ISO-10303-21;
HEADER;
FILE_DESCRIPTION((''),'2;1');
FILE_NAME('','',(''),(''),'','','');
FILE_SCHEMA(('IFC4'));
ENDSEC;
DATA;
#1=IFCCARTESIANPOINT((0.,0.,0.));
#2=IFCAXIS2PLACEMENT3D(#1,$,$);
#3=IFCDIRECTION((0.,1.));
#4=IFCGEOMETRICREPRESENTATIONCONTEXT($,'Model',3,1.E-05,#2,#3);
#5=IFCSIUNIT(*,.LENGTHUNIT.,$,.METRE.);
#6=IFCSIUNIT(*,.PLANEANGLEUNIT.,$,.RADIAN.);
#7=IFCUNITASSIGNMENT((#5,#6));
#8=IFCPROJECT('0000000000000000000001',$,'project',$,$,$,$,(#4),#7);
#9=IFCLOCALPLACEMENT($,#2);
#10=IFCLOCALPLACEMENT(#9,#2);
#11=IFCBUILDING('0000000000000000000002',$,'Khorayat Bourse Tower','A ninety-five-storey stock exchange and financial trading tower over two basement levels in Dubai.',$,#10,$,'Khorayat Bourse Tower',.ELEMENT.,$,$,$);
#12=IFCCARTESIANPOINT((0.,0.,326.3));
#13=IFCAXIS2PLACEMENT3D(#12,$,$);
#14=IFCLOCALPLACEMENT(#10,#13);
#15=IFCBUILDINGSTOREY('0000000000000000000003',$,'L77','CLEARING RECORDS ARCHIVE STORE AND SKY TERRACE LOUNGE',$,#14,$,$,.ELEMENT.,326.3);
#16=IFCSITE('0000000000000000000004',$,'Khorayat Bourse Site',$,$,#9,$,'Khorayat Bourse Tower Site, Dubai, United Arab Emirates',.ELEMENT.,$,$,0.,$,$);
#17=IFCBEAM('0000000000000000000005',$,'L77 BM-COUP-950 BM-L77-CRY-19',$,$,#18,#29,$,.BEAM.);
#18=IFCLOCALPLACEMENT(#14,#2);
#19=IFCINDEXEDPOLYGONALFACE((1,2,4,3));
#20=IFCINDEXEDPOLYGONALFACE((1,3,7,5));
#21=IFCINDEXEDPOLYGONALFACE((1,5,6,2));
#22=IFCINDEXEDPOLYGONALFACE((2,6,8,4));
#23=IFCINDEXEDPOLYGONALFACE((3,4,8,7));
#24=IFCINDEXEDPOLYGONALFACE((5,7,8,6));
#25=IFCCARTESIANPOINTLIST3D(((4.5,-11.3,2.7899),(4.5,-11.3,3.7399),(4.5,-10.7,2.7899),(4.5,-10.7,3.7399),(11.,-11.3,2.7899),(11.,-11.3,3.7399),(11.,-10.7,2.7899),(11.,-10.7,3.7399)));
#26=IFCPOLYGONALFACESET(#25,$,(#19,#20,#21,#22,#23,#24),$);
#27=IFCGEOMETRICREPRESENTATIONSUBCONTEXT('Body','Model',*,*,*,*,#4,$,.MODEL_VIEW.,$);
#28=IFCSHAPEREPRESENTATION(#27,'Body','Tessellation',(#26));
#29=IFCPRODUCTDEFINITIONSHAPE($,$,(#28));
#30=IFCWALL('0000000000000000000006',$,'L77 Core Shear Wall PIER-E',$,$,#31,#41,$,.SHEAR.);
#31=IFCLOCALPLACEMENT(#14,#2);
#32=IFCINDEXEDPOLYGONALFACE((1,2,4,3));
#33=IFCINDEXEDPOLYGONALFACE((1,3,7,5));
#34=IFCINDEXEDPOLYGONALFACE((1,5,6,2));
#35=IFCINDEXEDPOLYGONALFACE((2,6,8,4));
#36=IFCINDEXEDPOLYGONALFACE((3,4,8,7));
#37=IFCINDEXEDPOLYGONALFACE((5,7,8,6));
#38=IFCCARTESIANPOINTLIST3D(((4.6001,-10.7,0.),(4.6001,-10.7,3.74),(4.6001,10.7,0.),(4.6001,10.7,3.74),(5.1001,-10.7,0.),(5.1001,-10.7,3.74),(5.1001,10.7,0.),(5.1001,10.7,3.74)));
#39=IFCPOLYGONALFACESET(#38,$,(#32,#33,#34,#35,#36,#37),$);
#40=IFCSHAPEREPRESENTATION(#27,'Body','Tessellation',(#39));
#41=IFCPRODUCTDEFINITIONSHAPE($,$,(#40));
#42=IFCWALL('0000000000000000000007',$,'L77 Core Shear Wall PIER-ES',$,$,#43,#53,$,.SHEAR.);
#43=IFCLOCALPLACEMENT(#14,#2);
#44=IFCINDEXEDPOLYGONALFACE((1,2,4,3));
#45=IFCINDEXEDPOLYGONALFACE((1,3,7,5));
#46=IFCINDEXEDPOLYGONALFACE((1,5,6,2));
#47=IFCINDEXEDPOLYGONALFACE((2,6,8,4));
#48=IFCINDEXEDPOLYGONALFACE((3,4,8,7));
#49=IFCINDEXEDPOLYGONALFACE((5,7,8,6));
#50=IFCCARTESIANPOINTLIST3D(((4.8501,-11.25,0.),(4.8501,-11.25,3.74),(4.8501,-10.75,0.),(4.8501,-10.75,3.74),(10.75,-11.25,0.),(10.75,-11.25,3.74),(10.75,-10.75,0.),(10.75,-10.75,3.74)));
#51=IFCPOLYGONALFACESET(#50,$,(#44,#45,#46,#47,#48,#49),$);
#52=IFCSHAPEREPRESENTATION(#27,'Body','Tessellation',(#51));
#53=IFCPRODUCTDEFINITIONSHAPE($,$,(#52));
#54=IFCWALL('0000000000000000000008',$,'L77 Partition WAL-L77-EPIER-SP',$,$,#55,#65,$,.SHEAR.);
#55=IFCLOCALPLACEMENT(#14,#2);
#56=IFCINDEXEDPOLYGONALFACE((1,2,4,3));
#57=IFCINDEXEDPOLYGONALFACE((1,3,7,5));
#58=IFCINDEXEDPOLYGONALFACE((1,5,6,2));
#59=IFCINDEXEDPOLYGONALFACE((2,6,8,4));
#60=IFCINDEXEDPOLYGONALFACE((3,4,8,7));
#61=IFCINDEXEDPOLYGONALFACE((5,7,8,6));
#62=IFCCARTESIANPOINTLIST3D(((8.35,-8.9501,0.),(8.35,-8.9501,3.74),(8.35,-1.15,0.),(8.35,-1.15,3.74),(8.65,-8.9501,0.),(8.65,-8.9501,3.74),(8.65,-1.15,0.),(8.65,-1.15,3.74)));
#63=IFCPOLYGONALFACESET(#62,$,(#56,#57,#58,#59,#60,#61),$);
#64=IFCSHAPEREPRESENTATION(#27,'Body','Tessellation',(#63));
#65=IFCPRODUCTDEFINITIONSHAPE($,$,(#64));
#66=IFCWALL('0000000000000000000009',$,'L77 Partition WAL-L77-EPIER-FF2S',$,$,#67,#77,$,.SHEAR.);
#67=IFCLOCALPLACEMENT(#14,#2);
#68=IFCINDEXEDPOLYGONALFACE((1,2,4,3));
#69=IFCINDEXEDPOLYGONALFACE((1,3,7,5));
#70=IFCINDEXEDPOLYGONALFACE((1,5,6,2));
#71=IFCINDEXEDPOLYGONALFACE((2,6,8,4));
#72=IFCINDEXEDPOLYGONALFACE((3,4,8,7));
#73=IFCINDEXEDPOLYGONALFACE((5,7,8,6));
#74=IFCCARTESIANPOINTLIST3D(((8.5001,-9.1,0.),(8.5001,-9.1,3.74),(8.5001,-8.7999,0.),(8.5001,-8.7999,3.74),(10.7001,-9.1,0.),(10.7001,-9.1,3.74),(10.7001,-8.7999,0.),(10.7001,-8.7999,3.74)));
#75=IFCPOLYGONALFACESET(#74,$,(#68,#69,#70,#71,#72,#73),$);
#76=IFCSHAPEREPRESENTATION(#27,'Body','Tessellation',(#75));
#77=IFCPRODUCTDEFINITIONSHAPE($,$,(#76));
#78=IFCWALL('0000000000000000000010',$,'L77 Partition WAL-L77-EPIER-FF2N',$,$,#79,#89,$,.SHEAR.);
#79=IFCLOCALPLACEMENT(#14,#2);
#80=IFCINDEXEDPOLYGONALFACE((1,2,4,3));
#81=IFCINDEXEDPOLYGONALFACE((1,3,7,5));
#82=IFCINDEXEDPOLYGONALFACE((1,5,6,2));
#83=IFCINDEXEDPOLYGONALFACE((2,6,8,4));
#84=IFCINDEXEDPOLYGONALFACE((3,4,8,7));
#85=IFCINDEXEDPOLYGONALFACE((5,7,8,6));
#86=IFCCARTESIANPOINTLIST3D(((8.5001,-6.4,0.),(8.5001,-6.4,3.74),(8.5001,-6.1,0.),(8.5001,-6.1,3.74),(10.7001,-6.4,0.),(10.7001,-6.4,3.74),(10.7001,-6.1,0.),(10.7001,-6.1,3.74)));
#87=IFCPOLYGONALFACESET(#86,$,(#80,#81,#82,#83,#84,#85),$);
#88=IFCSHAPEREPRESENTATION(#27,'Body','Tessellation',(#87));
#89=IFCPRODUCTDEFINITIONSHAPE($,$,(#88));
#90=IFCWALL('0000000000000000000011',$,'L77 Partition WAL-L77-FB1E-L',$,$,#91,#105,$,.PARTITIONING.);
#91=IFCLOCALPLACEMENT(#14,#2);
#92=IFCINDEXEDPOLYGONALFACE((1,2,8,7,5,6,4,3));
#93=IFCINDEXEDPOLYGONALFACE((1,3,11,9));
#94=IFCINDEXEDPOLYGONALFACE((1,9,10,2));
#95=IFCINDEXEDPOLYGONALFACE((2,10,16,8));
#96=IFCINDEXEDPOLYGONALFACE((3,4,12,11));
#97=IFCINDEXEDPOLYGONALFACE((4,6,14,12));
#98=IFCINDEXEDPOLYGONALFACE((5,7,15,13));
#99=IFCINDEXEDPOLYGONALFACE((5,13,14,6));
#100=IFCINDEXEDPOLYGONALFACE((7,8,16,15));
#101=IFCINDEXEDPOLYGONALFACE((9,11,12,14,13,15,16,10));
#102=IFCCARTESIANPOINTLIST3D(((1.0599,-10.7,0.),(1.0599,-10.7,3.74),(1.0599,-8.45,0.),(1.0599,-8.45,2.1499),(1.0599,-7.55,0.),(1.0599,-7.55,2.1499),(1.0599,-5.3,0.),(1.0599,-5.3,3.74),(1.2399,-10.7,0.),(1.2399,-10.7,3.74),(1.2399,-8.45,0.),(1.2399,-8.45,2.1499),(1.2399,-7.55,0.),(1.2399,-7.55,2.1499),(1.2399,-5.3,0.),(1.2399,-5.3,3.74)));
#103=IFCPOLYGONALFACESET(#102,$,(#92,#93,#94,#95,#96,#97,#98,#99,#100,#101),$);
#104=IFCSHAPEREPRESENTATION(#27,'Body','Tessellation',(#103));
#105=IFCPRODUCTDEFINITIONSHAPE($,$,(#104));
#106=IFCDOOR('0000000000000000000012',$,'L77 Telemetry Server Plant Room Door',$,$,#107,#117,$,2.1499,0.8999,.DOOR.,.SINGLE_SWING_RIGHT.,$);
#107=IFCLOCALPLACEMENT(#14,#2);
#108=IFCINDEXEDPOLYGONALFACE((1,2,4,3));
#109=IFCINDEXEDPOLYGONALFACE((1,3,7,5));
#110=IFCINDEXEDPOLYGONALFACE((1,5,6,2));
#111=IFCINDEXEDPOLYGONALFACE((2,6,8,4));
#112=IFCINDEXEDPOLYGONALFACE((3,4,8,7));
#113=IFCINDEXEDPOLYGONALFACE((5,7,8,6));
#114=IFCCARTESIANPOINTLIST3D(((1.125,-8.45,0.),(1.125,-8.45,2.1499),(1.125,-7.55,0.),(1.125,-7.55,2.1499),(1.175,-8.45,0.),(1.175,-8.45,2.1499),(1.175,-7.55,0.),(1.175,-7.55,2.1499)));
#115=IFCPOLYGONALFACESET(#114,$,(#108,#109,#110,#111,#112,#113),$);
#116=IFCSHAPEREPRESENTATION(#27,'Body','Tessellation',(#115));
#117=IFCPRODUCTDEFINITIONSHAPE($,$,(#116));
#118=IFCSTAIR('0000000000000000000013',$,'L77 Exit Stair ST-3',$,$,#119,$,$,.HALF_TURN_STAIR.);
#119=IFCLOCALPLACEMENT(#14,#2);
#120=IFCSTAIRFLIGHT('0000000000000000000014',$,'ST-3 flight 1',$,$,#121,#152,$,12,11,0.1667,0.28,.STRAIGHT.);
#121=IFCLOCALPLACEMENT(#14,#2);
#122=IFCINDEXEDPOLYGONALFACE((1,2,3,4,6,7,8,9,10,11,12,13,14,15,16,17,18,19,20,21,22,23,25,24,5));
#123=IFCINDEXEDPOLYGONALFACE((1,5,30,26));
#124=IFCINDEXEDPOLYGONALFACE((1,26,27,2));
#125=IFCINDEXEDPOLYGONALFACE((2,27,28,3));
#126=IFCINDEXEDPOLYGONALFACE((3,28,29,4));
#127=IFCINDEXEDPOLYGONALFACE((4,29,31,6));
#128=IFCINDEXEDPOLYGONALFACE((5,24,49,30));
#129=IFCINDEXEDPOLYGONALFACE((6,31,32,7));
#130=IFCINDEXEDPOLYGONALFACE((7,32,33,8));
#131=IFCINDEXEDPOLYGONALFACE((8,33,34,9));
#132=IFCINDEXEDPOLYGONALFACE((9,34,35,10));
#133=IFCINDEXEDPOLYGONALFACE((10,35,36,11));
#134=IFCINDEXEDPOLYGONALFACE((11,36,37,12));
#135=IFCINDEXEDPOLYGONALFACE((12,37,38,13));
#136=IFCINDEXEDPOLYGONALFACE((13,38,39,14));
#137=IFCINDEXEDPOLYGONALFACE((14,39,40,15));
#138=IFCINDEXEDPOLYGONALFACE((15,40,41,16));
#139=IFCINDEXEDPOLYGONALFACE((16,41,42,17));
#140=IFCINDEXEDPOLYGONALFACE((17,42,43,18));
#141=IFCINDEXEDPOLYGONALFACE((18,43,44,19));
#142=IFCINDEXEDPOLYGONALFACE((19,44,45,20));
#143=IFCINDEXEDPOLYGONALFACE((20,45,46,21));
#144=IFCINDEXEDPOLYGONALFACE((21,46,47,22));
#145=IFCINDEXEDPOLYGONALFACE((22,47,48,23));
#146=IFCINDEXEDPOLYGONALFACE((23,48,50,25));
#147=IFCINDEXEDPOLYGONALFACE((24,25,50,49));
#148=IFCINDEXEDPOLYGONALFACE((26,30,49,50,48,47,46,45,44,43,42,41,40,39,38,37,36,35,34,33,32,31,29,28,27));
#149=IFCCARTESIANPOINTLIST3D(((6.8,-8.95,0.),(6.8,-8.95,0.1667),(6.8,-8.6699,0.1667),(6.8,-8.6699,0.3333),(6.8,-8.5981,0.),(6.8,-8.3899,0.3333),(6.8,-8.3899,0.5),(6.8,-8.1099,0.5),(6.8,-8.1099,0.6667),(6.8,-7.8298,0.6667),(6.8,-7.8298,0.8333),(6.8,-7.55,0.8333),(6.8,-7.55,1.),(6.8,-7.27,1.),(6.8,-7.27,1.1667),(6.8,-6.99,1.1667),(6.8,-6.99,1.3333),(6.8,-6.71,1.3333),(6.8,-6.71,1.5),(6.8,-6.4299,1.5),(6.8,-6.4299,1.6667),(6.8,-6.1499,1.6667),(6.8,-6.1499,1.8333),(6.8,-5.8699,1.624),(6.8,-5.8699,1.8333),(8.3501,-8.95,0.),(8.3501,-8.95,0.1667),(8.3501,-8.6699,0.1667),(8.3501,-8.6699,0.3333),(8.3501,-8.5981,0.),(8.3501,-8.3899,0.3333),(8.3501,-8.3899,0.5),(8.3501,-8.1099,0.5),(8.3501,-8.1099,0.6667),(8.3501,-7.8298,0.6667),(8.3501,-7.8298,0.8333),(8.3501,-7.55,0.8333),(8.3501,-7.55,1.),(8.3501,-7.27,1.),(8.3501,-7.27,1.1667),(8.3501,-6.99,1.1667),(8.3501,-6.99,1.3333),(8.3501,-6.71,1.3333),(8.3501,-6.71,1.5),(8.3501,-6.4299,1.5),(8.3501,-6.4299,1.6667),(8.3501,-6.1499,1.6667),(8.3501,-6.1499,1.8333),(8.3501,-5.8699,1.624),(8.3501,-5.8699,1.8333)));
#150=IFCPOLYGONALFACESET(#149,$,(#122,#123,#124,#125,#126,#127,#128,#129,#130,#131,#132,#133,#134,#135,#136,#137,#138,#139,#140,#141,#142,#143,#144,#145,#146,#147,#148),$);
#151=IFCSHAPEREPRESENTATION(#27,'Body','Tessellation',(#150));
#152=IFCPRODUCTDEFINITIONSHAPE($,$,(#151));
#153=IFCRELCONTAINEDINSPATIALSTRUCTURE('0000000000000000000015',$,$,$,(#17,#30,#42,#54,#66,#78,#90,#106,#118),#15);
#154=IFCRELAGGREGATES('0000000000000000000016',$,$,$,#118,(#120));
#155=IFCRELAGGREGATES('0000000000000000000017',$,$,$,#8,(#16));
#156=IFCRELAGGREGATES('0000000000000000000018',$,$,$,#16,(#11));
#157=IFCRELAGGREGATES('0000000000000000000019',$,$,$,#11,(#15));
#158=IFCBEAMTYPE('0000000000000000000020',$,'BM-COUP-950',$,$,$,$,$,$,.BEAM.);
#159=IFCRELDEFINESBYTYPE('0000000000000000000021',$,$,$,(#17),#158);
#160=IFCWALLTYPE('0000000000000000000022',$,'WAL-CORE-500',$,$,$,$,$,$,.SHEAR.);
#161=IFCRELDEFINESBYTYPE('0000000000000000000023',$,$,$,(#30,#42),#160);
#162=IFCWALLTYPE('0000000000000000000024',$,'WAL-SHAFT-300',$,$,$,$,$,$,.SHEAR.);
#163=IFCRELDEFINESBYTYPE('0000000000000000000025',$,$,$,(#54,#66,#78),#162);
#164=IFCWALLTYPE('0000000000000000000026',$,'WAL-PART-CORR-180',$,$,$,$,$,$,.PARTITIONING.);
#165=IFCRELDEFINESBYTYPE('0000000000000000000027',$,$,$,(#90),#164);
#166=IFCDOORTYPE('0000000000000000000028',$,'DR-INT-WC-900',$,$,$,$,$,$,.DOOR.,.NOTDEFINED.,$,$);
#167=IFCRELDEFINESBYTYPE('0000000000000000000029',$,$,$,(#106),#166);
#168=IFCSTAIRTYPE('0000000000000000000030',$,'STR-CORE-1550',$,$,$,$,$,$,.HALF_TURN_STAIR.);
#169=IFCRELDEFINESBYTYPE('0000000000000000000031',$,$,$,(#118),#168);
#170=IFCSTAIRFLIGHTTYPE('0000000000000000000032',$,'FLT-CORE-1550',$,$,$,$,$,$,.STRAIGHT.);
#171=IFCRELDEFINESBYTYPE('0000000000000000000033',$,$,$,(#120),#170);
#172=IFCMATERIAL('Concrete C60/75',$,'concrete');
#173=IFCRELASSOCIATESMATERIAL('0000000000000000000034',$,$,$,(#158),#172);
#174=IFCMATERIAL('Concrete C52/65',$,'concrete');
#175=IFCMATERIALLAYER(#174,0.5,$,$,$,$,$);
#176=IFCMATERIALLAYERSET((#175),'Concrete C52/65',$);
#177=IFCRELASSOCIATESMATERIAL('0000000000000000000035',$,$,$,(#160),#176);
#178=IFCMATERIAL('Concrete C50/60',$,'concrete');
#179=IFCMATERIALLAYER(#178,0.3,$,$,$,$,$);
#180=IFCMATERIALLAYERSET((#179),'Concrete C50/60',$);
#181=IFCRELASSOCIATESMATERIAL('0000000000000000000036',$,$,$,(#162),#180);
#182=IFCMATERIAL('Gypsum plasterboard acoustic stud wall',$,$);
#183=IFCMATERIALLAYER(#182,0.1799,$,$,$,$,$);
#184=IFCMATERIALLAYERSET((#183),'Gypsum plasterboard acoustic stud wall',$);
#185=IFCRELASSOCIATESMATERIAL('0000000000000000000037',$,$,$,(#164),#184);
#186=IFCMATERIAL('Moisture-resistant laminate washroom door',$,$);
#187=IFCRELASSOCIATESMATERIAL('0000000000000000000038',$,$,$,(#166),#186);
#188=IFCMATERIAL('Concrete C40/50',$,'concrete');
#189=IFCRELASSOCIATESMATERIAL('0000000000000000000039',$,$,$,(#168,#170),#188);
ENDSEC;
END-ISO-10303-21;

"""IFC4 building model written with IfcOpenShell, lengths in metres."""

from ifc_helpers import new_model, si_unit, direction, frame, frame_2d, origin, origin_2d, place, context, subcontext, project, spatial, polyline, rectangle, outline, extrude, source, transform, mapped, material, layer, layer_set, material_profile, profile_set, type_object, element, fill, aggregate, save


model = new_model("IFC4")

# Units and contexts
model_context = context("Model", 3, precision=1e-05, world=origin(), true_north=direction((0.0, 1.0)))
body_context = subcontext(model_context, "Body", "Model", "MODEL_VIEW")
ifc_project = project(units=[si_unit("LENGTHUNIT", "METRE"), si_unit("PLANEANGLEUNIT", "RADIAN")], contexts=[model_context])

# Site, building, storey
site_placement = place(None, origin())
site = spatial("IfcSite", under=ifc_project, at=site_placement, Name="Khorayat Bourse Site", LongName="Khorayat Bourse Tower Site, Dubai, United Arab Emirates", CompositionType="ELEMENT", RefElevation=0.0)
building_placement = place(site_placement, origin())
building = spatial("IfcBuilding", under=site, at=building_placement, Name="Khorayat Bourse Tower", Description="A ninety-five-storey stock exchange and financial trading tower over two basement levels in Dubai.", LongName="Khorayat Bourse Tower", CompositionType="ELEMENT")
storey_placement = place(building_placement, frame((0.0, 0.0, 326.3)))
storey = spatial("IfcBuildingStorey", under=building, at=storey_placement, Name="L77", Description="CLEARING RECORDS ARCHIVE STORE AND SKY TERRACE LOUNGE", CompositionType="ELEMENT", Elevation=326.3)

# Beam
ifc_material_1 = material(Name="Concrete C60/75", Category="concrete")
ifc_material_profile = material_profile(ifc_material_1, rectangle(XDim=0.6001, YDim=0.95, at=origin_2d()), Name="RC 600x950")
ifc_profile_set = profile_set([ifc_material_profile], Name="Concrete C60/75")
beam_type = type_object("IfcBeamType", Name="BM-COUP-950", PredefinedType="BEAM", material=ifc_profile_set)
shared_shape_1 = source(origin(), body_context, "Body", "SweptSolid", [
    extrude(rectangle(XDim=0.6001, YDim=0.95, at=origin_2d()), origin(), (0.0, 0.0, 1.0), 6.5),
])
beam_placement = place(storey_placement, frame((4.5, -11.0, 3.2649), z_axis=(1.0, 0.0, 0.0), x_axis=(0.0, 1.0, 0.0)))
element("IfcBeam", 1, at=beam_placement, inside=storey, type_object=beam_type, Name="L77 BM-COUP-950 BM-L77-CRY-19", PredefinedType="BEAM", context=body_context, shape_type="MappedRepresentation", body=[
    mapped(shared_shape_1, transform((0.0, 0.0, 0.0), scale=1.0)),
])

# Walls
ifc_material_2 = material(Name="Concrete C52/65", Category="concrete")
ifc_layer_1 = layer(ifc_material_2, 0.5)
ifc_layer_set_1 = layer_set([ifc_layer_1], Name="Concrete C52/65")
wall_type_1 = type_object("IfcWallType", Name="WAL-CORE-500", PredefinedType="SHEAR", material=ifc_layer_set_1)
shared_shape_2 = source(origin(), body_context, "Body", "SweptSolid", [
    extrude(rectangle(XDim=21.3999, YDim=0.5, at=frame_2d((10.7, 0.0))), origin(), (0.0, 0.0, 1.0), 3.74),
])
wall_1_placement = place(storey_placement, frame((4.8501, -10.7, 0.0), z_axis=(0.0, 0.0, 1.0), x_axis=(0.0, 1.0, 0.0)))
element("IfcWall", 2, at=wall_1_placement, inside=storey, type_object=wall_type_1, Name="L77 Core Shear Wall PIER-E", PredefinedType="SHEAR", context=body_context, shape_type="MappedRepresentation", body=[
    mapped(shared_shape_2, transform((0.0, 0.0, 0.0), scale=1.0)),
])
shared_shape_3 = source(origin(), body_context, "Body", "SweptSolid", [
    extrude(rectangle(XDim=5.8999, YDim=0.5, at=frame_2d((2.95, 0.0))), origin(), (0.0, 0.0, 1.0), 3.74),
])
wall_2_placement = place(storey_placement, frame((4.8501, -11.0, 0.0), z_axis=(0.0, 0.0, 1.0), x_axis=(1.0, 0.0, 0.0)))
element("IfcWall", 3, at=wall_2_placement, inside=storey, type_object=wall_type_1, Name="L77 Core Shear Wall PIER-ES", PredefinedType="SHEAR", context=body_context, shape_type="MappedRepresentation", body=[
    mapped(shared_shape_3, transform((0.0, 0.0, 0.0), scale=1.0)),
])
ifc_material_3 = material(Name="Concrete C50/60", Category="concrete")
ifc_layer_2 = layer(ifc_material_3, 0.3)
ifc_layer_set_2 = layer_set([ifc_layer_2], Name="Concrete C50/60")
wall_type_2 = type_object("IfcWallType", Name="WAL-SHAFT-300", PredefinedType="SHEAR", material=ifc_layer_set_2)
shared_shape_4 = source(origin(), body_context, "Body", "SweptSolid", [
    extrude(rectangle(XDim=7.8, YDim=0.3, at=frame_2d((3.8999, 0.0))), origin(), (0.0, 0.0, 1.0), 3.74),
])
wall_3_placement = place(storey_placement, frame((8.5, -8.95, 0.0), z_axis=(0.0, 0.0, 1.0), x_axis=(0.0, 1.0, 0.0)))
element("IfcWall", 4, at=wall_3_placement, inside=storey, type_object=wall_type_2, Name="L77 Partition WAL-L77-EPIER-SP", PredefinedType="SHEAR", context=body_context, shape_type="MappedRepresentation", body=[
    mapped(shared_shape_4, transform((0.0, 0.0, 0.0), scale=1.0)),
])
shared_shape_5 = source(origin(), body_context, "Body", "SweptSolid", [
    extrude(rectangle(XDim=2.2, YDim=0.3, at=frame_2d((1.1001, 0.0))), origin(), (0.0, 0.0, 1.0), 3.74),
])
for number, where, z_axis, x_axis, name in (
    (5, (8.5, -8.95, 0.0), (0.0, 0.0, 1.0), (1.0, 0.0, 0.0), "L77 Partition WAL-L77-EPIER-FF2S"),
    (6, (8.5, -6.25, 0.0), (0.0, 0.0, 1.0), (1.0, 0.0, 0.0), "L77 Partition WAL-L77-EPIER-FF2N"),
):
    element("IfcWall", number, at=place(storey_placement, frame(where, z_axis=z_axis, x_axis=x_axis)), inside=storey, type_object=wall_type_2, Name=name, PredefinedType="SHEAR", context=body_context, shape_type="MappedRepresentation", body=[
        mapped(shared_shape_5, transform((0.0, 0.0, 0.0), scale=1.0)),
    ])

# Shared definitions
ifc_material_4 = material(Name="Gypsum plasterboard acoustic stud wall")
ifc_layer_3 = layer(ifc_material_4, 0.1799)
ifc_layer_set_3 = layer_set([ifc_layer_3], Name="Gypsum plasterboard acoustic stud wall")
wall_type_3 = type_object("IfcWallType", Name="WAL-PART-CORR-180", PredefinedType="PARTITIONING", material=ifc_layer_set_3)
shared_shape_6 = source(origin(), body_context, "Body", "SweptSolid", [
    extrude(rectangle(XDim=5.3999, YDim=0.1799, at=frame_2d((2.7, 0.0))), origin(), (0.0, 0.0, 1.0), 3.74),
])
shared_shape_7 = source(origin(), body_context, "Body", "SweptSolid", [
    extrude(rectangle(XDim=0.8999, YDim=2.1499, at=frame_2d((0.45, 1.075))), frame((0.0, 0.0999, 0.0), z_axis=(0.0, -1.0, 0.0), x_axis=(1.0, 0.0, 0.0)), (0.0, 0.0, 1.0), 0.2),
])
ifc_material_5 = material(Name="Moisture-resistant laminate washroom door")
door_type = type_object("IfcDoorType", Name="DR-INT-WC-900", OperationType="NOTDEFINED", PredefinedType="DOOR", material=ifc_material_5)
shared_shape_8 = source(origin(), body_context, "Body", "SweptSolid", [
    extrude(rectangle(XDim=0.8999, YDim=2.1499, at=frame_2d((0.45, 1.075))), frame((0.0, 0.0249, 0.0), z_axis=(0.0, -1.0, 0.0), x_axis=(1.0, 0.0, 0.0)), (0.0, 0.0, 1.0), 0.05),
])

# Wall, opening, door
wall_4_placement = place(storey_placement, frame((1.1499, -10.7, 0.0), z_axis=(0.0, 0.0, 1.0), x_axis=(0.0, 1.0, 0.0)))
wall_4 = element("IfcWall", 7, at=wall_4_placement, inside=storey, type_object=wall_type_3, Name="L77 Partition WAL-L77-FB1E-L", PredefinedType="PARTITIONING", context=body_context, shape_type="MappedRepresentation", body=[
    mapped(shared_shape_6, transform((0.0, 0.0, 0.0), scale=1.0)),
])
opening_1_placement = place(wall_4_placement, frame((2.25, 0.0, 0.0)))
opening_1 = element("IfcOpeningElement", 8, at=opening_1_placement, cuts=wall_4, PredefinedType="OPENING", context=body_context, shape_type="MappedRepresentation", body=[
    mapped(shared_shape_7, transform((0.0, 0.0, 0.0), scale=1.0)),
])
door_1_placement = place(opening_1_placement, origin())
door_1 = element("IfcDoor", 9, at=door_1_placement, inside=storey, type_object=door_type, Name="L77 Telemetry Server Plant Room Door", OperationType="SINGLE_SWING_RIGHT", OverallHeight=2.1499, OverallWidth=0.8999, PredefinedType="DOOR", context=body_context, shape_type="MappedRepresentation", body=[
    mapped(shared_shape_8, transform((0.0, 0.0, 0.0), scale=1.0)),
])
fill(opening_1, door_1)

# Stair, stair flight
ifc_material_6 = material(Name="Concrete C40/50", Category="concrete")
stair_type = type_object("IfcStairType", Name="STR-CORE-1550", PredefinedType="HALF_TURN_STAIR", material=ifc_material_6)
stair_placement = place(storey_placement, origin())
stair = element("IfcStair", 10, at=stair_placement, inside=storey, type_object=stair_type, Name="L77 Exit Stair ST-3", PredefinedType="HALF_TURN_STAIR")
stair_flight_type = type_object("IfcStairFlightType", Name="FLT-CORE-1550", PredefinedType="STRAIGHT", material=ifc_material_6)
shared_shape_9 = source(origin(), body_context, "Body", "SweptSolid", [
    extrude(outline(polyline([(0.0, 0.0), (0.0, 0.1667), (0.28, 0.1667), (0.28, 0.3333), (0.5601, 0.3333), (0.5601, 0.5), (0.8401, 0.5), (0.8401, 0.6667), (1.1201, 0.6667), (1.1201, 0.8333), (1.3999, 0.8333), (1.3999, 1.0), (1.6799, 1.0), (1.6799, 1.1667), (1.96, 1.1667), (1.96, 1.3333), (2.24, 1.3333), (2.24, 1.5), (2.52, 1.5), (2.52, 1.6667), (2.8, 1.6667), (2.8, 1.8333), (3.0801, 1.8333), (3.0801, 2.0), (3.0801, 1.624), (0.3518, 0.0), (0.0, 0.0)])), frame((0.0, 0.7749, 0.0), z_axis=(0.0, -1.0, 0.0), x_axis=(1.0, 0.0, 0.0)), (0.0, 0.0, 1.0), 1.55),
])
stair_flight_placement = place(storey_placement, frame((7.575, -8.95, 0.0), z_axis=(0.0, 0.0, 1.0), x_axis=(0.0, 1.0, 0.0)))
stair_flight = element("IfcStairFlight", 11, at=stair_flight_placement, type_object=stair_flight_type, Name="ST-3 flight 1", NumberOfRisers=12, NumberOfTreads=11, PredefinedType="STRAIGHT", RiserHeight=0.1667, TreadLength=0.28, context=body_context, shape_type="MappedRepresentation", body=[
    mapped(shared_shape_9, transform((0.0, 0.0, 0.0), scale=1.0)),
])
aggregate(stair, [stair_flight])

save(model, "model.ifc")
